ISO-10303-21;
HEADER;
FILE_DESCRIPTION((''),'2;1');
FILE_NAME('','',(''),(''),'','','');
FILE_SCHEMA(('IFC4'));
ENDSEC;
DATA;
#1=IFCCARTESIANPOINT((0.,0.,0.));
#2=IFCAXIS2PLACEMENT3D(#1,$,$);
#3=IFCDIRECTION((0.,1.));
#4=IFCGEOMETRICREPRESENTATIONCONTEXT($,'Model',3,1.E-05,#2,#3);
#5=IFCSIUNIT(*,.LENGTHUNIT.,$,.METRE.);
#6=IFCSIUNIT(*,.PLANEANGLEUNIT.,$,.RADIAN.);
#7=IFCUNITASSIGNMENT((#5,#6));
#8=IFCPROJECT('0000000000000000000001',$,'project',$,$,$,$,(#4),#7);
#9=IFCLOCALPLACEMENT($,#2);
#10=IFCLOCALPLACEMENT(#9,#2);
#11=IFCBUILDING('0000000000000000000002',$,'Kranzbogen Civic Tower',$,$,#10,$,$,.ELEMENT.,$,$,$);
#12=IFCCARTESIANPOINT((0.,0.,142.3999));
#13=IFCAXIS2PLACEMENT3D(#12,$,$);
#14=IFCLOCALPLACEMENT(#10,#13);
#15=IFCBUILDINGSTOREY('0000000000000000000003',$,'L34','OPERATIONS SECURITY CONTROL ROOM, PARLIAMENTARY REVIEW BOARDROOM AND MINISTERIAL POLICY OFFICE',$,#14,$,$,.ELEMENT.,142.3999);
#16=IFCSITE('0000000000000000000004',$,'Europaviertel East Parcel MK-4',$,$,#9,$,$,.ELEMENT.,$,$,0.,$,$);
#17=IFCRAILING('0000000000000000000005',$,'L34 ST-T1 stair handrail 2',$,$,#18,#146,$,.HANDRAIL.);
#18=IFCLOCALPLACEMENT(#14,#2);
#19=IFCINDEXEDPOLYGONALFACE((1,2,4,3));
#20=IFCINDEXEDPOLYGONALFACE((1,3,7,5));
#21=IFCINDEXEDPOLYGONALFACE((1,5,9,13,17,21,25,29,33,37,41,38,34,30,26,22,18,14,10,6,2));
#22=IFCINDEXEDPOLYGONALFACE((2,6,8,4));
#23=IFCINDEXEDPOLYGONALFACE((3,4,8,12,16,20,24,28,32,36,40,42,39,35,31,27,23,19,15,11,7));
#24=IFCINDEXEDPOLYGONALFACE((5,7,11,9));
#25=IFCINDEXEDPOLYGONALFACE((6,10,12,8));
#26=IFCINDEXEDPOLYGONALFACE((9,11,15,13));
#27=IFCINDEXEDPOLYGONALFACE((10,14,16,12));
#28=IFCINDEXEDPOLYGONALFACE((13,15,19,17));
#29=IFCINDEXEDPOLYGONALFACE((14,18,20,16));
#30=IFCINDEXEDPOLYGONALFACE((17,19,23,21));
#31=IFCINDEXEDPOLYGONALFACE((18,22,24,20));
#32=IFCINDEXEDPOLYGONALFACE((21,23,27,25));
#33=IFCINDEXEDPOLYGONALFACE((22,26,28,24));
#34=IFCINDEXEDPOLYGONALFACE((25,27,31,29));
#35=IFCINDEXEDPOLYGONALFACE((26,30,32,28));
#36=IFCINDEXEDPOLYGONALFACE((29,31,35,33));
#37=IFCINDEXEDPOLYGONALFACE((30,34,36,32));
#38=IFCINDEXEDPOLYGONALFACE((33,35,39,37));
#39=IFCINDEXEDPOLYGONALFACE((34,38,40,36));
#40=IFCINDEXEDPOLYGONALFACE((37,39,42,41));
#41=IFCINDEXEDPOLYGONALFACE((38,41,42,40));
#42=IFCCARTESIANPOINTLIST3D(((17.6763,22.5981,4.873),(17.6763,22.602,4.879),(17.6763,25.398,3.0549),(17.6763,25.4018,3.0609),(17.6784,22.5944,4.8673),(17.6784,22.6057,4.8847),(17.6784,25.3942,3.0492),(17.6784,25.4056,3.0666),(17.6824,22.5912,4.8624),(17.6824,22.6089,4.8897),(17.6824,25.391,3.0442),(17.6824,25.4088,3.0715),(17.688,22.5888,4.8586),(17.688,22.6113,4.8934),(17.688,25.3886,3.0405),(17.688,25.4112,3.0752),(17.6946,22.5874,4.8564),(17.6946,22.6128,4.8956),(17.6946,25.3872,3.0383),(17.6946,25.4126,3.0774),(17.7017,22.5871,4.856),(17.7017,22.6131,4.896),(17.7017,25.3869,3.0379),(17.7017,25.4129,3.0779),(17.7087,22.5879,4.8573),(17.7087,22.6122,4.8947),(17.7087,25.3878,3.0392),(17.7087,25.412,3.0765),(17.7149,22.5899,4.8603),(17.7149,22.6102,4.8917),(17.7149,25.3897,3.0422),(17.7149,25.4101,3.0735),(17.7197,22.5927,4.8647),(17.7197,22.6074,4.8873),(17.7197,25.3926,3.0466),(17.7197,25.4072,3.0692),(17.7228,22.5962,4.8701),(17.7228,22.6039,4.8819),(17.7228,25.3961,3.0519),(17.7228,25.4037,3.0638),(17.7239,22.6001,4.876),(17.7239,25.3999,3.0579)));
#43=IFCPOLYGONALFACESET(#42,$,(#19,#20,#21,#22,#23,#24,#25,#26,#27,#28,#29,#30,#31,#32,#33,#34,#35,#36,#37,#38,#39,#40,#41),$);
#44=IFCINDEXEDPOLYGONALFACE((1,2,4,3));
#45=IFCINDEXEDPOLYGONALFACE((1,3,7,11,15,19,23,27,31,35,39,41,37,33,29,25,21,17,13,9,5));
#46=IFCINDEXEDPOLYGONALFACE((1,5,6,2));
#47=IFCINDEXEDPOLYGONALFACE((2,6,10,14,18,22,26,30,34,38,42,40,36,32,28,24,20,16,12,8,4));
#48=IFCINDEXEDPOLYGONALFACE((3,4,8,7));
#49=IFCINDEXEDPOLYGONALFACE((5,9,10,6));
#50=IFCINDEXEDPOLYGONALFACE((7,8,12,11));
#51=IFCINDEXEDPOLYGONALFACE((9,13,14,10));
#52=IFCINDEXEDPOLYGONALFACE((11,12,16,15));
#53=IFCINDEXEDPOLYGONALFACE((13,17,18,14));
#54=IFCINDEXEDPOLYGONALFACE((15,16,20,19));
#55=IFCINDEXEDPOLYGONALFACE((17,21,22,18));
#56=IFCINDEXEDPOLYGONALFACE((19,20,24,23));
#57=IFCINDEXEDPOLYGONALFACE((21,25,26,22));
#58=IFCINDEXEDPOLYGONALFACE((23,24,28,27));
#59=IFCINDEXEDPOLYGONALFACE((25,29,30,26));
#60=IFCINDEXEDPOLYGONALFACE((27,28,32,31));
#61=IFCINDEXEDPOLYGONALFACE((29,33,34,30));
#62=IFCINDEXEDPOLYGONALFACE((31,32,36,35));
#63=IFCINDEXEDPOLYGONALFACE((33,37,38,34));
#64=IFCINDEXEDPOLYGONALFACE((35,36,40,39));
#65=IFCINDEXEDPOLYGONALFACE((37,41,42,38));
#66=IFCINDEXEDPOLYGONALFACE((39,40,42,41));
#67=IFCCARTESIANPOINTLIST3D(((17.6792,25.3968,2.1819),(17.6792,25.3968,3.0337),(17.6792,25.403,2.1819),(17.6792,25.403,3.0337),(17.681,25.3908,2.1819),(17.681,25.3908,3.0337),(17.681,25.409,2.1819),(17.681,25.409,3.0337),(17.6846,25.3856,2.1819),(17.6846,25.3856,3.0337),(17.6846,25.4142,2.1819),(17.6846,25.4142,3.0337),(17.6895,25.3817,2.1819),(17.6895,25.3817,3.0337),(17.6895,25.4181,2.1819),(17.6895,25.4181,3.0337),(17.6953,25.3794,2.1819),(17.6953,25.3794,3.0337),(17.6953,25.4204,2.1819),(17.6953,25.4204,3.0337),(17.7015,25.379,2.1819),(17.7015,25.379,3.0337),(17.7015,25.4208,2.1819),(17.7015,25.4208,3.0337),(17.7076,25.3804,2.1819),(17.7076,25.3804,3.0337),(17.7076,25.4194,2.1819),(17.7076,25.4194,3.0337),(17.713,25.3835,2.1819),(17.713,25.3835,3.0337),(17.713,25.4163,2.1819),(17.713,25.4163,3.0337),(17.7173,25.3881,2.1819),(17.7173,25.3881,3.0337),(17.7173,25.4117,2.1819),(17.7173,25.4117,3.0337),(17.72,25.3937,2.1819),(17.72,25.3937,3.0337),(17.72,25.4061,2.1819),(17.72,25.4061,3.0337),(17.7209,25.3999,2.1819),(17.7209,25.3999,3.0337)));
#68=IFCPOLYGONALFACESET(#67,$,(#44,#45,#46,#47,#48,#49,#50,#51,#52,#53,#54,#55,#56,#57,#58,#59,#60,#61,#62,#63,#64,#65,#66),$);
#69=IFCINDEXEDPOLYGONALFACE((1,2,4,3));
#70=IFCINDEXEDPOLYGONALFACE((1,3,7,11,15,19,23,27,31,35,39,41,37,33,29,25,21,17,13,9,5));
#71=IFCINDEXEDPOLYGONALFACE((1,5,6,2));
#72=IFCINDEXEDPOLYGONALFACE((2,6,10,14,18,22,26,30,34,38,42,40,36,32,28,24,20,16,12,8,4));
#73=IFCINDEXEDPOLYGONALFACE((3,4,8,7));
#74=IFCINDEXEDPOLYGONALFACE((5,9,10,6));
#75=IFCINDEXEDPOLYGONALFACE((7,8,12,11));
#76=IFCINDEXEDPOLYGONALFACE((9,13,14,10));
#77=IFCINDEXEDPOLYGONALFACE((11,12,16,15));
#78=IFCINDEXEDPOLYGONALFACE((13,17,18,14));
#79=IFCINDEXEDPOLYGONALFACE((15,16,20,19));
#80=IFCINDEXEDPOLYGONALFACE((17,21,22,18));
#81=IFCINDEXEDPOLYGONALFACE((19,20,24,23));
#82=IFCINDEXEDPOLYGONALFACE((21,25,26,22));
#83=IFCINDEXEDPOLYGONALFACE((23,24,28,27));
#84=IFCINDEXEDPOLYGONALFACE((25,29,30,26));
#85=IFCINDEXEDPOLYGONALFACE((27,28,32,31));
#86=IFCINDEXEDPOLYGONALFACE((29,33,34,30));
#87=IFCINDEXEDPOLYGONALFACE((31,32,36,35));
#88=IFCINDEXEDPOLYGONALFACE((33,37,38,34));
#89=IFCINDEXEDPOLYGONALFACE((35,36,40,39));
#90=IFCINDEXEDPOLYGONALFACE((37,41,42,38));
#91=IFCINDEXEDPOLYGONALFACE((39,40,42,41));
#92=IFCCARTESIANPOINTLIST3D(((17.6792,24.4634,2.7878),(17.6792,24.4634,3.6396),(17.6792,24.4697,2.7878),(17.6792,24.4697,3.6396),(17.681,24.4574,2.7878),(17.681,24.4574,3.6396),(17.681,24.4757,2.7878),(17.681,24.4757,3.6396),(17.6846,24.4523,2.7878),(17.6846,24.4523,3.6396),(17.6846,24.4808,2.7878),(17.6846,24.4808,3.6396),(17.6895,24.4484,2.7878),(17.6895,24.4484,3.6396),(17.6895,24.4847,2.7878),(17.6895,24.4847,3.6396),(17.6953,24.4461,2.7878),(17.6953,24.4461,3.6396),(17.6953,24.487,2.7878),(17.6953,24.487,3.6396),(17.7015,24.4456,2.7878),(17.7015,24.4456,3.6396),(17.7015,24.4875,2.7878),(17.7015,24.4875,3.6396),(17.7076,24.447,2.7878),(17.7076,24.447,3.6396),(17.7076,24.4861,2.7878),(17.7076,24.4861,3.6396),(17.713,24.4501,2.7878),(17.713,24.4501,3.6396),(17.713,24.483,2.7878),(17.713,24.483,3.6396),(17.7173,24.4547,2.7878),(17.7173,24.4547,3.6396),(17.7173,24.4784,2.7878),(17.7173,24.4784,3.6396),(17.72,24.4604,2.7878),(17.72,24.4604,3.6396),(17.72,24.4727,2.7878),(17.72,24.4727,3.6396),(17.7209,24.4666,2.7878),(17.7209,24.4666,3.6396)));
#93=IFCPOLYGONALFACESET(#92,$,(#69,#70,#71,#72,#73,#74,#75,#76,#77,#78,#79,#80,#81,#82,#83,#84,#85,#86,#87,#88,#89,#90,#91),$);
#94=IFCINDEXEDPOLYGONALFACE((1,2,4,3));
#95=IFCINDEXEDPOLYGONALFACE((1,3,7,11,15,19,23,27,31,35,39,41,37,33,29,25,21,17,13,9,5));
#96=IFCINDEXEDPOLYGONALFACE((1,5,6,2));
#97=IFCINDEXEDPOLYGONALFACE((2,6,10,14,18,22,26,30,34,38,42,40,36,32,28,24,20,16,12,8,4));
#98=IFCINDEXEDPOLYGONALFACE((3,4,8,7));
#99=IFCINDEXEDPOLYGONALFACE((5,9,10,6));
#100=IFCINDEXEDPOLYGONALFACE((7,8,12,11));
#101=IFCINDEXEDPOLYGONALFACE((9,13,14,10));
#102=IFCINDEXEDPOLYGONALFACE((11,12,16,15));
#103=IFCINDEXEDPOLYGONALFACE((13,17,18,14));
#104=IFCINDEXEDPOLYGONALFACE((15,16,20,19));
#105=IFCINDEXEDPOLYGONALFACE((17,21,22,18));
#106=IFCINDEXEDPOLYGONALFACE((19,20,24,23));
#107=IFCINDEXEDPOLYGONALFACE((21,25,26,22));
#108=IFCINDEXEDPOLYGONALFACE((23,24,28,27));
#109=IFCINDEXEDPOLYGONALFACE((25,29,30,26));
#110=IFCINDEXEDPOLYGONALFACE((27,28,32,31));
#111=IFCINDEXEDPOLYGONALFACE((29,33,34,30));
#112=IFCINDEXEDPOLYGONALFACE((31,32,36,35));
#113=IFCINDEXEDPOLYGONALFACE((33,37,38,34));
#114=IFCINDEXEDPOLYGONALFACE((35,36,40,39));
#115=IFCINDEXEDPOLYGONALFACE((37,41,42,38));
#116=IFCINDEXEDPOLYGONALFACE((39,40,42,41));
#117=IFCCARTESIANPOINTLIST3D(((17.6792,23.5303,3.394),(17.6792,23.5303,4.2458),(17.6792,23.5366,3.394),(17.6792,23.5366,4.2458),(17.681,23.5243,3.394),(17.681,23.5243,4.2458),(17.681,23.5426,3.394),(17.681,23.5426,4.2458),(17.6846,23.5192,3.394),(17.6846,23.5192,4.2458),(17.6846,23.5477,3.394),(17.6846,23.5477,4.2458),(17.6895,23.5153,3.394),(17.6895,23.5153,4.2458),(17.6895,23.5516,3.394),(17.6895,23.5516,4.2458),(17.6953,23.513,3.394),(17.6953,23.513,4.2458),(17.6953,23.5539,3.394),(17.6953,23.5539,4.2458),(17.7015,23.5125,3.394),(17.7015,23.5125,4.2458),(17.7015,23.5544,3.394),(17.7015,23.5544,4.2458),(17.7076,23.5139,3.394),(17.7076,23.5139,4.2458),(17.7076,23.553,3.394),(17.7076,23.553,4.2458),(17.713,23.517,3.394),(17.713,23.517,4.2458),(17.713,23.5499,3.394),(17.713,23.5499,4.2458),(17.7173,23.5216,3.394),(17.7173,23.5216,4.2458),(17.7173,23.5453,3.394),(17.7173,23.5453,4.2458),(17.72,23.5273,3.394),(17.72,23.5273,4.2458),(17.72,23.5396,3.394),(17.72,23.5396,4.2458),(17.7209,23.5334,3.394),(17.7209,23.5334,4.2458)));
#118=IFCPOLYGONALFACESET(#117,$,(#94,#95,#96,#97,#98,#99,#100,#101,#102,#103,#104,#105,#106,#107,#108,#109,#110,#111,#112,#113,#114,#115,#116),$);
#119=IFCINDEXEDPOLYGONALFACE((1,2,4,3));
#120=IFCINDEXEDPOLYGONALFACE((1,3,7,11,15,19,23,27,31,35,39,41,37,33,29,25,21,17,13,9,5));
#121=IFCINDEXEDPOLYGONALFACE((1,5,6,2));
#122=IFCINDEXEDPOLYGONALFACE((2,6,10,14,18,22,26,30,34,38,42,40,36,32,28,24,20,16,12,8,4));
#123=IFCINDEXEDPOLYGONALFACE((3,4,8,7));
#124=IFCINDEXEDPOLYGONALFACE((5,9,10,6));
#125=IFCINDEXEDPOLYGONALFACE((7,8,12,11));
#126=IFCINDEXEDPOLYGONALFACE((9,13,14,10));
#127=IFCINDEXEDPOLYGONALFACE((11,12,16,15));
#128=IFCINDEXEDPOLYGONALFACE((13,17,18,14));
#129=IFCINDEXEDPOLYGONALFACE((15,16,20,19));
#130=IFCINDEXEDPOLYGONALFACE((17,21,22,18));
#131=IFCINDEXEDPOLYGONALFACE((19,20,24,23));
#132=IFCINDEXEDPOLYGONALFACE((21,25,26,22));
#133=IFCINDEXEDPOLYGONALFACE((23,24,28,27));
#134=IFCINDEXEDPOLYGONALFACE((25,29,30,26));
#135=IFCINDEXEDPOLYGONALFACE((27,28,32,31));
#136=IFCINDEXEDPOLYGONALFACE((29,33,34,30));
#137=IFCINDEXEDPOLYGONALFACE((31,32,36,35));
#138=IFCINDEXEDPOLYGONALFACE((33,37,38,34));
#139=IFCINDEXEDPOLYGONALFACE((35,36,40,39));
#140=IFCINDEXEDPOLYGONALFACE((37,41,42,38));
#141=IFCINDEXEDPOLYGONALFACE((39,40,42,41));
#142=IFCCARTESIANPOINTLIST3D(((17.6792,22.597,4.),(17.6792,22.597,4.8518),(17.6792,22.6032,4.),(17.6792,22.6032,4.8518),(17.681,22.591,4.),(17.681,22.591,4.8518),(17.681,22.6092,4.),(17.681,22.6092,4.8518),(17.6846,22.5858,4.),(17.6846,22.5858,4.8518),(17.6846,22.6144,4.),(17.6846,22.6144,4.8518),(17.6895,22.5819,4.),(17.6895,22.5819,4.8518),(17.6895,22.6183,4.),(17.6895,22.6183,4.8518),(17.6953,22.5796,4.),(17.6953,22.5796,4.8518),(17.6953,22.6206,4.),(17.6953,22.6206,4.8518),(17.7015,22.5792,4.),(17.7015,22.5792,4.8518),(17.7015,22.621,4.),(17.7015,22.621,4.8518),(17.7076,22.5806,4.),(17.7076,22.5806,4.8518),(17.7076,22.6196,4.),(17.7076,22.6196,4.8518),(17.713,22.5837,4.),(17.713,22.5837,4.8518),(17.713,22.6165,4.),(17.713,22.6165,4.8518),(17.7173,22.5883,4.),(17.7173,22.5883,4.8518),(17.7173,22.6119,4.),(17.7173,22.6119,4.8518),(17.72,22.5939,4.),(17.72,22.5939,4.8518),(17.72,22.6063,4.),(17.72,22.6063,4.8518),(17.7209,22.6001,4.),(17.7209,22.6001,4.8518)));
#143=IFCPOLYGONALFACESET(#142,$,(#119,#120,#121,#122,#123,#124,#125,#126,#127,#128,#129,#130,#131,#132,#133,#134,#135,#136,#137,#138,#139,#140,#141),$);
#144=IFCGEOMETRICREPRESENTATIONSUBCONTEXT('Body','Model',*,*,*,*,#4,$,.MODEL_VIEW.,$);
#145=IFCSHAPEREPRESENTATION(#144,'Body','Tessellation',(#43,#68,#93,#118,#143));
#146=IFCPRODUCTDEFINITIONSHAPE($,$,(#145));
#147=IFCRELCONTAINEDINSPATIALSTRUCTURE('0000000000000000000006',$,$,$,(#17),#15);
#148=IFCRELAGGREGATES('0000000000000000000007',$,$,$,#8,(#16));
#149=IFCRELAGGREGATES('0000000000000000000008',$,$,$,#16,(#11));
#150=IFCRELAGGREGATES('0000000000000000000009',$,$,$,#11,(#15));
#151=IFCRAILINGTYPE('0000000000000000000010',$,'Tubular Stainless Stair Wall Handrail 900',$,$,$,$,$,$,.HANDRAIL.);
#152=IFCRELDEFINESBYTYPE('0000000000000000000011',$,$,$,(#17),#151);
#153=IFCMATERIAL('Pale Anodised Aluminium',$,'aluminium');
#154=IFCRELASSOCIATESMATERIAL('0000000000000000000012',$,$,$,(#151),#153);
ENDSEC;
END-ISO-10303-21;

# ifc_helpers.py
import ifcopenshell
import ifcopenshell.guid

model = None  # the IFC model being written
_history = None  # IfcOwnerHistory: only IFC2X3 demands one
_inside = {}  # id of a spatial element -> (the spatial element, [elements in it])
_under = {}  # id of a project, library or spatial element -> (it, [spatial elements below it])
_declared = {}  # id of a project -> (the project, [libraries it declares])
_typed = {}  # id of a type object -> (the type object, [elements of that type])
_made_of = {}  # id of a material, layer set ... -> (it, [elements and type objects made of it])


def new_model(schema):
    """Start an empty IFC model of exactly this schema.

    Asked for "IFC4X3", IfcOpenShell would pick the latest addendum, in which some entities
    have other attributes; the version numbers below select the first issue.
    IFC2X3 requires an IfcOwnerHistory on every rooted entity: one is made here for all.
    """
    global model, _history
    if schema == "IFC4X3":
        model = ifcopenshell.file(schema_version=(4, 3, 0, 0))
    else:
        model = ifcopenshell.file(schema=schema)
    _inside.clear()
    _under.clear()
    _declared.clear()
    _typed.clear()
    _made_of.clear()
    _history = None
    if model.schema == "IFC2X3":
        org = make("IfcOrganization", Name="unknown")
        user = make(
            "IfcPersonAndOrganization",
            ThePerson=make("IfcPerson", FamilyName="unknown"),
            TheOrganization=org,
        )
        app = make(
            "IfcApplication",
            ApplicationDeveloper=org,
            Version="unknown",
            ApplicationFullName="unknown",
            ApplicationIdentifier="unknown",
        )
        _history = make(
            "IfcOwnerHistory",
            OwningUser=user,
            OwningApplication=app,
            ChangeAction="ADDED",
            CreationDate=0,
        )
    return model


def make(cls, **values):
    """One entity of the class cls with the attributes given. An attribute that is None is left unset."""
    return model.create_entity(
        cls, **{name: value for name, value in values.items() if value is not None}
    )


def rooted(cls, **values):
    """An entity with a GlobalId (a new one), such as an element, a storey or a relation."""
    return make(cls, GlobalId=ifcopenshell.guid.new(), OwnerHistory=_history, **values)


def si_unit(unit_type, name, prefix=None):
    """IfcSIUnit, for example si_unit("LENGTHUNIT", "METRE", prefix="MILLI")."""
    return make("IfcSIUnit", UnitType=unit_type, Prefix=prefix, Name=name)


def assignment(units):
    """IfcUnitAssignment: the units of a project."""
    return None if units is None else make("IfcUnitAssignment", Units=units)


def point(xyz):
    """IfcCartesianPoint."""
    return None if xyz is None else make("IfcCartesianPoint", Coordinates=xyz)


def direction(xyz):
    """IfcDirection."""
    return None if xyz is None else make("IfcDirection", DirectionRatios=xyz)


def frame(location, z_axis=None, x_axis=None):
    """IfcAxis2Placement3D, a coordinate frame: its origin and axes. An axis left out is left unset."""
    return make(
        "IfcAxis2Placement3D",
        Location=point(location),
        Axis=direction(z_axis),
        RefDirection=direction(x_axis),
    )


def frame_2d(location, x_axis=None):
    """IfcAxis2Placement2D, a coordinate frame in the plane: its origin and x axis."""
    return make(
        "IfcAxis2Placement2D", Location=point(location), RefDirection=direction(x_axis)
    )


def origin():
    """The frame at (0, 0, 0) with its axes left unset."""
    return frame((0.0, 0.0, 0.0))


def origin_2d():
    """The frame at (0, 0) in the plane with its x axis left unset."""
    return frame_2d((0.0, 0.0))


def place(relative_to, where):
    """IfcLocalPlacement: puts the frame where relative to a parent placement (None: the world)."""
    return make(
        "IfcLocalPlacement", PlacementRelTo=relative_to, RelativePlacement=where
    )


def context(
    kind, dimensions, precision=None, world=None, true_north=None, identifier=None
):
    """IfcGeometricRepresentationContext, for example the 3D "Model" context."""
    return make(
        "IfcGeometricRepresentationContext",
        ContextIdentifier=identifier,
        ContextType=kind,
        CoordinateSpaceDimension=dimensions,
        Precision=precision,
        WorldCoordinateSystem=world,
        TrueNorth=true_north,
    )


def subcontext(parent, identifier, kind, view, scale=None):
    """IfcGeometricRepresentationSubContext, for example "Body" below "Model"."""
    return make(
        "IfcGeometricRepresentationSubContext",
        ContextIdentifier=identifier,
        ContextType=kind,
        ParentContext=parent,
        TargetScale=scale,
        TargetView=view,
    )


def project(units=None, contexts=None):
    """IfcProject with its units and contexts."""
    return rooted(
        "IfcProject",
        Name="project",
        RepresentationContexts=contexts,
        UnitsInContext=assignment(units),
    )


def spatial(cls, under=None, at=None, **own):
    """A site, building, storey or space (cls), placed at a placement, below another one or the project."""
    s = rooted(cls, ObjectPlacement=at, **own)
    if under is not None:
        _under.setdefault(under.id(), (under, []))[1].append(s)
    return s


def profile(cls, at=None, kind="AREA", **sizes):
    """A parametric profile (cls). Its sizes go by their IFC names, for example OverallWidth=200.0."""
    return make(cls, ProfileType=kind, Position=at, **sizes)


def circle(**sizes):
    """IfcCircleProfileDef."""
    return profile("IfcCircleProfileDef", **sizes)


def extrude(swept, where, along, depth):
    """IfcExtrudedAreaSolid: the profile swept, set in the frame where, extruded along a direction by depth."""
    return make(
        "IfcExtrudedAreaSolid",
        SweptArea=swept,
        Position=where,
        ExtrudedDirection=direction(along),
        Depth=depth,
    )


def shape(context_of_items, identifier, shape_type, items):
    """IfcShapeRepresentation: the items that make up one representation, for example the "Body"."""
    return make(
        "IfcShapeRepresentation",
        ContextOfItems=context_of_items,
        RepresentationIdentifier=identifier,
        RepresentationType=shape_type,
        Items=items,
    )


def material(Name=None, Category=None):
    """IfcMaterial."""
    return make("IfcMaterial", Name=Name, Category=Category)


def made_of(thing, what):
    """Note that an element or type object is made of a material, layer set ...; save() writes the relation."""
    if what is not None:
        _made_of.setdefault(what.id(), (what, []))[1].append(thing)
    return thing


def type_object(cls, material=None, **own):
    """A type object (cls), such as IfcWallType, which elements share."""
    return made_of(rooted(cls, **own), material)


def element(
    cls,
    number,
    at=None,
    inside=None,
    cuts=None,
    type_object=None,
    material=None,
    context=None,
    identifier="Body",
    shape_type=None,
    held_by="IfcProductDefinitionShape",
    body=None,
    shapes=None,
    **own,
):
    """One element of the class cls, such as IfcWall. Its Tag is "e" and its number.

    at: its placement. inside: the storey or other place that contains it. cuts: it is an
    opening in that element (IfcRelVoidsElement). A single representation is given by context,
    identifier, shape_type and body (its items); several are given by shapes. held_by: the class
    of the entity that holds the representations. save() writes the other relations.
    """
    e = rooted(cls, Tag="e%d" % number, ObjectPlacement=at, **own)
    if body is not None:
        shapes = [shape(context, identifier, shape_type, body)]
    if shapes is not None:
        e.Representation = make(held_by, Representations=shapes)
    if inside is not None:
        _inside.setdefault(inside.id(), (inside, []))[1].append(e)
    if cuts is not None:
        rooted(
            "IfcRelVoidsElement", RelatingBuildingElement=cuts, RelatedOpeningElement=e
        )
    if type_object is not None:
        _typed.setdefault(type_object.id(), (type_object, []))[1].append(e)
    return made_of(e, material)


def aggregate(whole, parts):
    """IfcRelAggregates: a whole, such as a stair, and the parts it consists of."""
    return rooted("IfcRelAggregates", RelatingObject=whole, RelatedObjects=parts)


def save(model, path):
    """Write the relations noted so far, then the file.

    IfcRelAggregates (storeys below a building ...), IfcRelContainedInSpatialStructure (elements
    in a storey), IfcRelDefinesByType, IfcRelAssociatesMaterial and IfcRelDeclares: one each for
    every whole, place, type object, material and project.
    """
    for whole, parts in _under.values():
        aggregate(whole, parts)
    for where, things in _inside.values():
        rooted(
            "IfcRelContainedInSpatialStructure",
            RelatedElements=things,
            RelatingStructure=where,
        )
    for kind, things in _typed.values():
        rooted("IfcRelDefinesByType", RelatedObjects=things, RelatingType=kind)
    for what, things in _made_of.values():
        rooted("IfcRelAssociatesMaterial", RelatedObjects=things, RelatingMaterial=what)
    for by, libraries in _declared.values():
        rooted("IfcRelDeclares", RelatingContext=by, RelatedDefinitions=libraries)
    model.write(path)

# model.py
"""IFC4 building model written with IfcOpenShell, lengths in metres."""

from ifc_helpers import new_model, si_unit, direction, frame, origin, origin_2d, place, context, subcontext, project, spatial, circle, extrude, material, type_object, element, save


model = new_model("IFC4")

# Units and contexts
model_context = context("Model", 3, precision=1e-05, world=origin(), true_north=direction((0.0, 1.0)))
body_context = subcontext(model_context, "Body", "Model", "MODEL_VIEW")
ifc_project = project(units=[si_unit("LENGTHUNIT", "METRE"), si_unit("PLANEANGLEUNIT", "RADIAN")], contexts=[model_context])

# Site, building, storey
site_placement = place(None, origin())
site = spatial("IfcSite", under=ifc_project, at=site_placement, Name="Europaviertel East Parcel MK-4", CompositionType="ELEMENT", RefElevation=0.0)
building_placement = place(site_placement, origin())
building = spatial("IfcBuilding", under=site, at=building_placement, Name="Kranzbogen Civic Tower", CompositionType="ELEMENT")
storey_placement = place(building_placement, frame((0.0, 0.0, 142.3999)))
storey = spatial("IfcBuildingStorey", under=building, at=storey_placement, Name="L34", Description="OPERATIONS SECURITY CONTROL ROOM, PARLIAMENTARY REVIEW BOARDROOM AND MINISTERIAL POLICY OFFICE", CompositionType="ELEMENT", Elevation=142.3999)

# Shared definitions
ifc_material_1 = material(Name="Pale Anodised Aluminium", Category="aluminium")

# Railing
railing_type_1 = type_object("IfcRailingType", Name="Tubular Stainless Stair Wall Handrail 900", PredefinedType="HANDRAIL", material=ifc_material_1)
railing_1_placement = place(storey_placement, frame((17.7, 25.3999, 2.1819)))
element("IfcRailing", 1, at=railing_1_placement, inside=storey, type_object=railing_type_1, Name="L34 ST-T1 stair handrail 2", PredefinedType="HANDRAIL", context=body_context, shape_type="SweptSolid", body=[
    extrude(circle(Radius=0.0239, at=origin_2d()), frame((0.0, 0.0, 0.876), z_axis=(0.0, -0.838684, 0.544618), x_axis=(1.0, 0.0, 0.0)), (0.0, 0.0, 1.0), 3.3384),
    extrude(circle(Radius=0.021, at=origin_2d()), origin(), (0.0, 0.0, 1.0), 0.8518),
    extrude(circle(Radius=0.021, at=origin_2d()), frame((0.0, -0.9333, 0.606)), (0.0, 0.0, 1.0), 0.8518),
    extrude(circle(Radius=0.021, at=origin_2d()), frame((0.0, -1.8665, 1.2122)), (0.0, 0.0, 1.0), 0.8518),
    extrude(circle(Radius=0.021, at=origin_2d()), frame((0.0, -2.7998, 1.8181)), (0.0, 0.0, 1.0), 0.8518),
])

save(model, "model.ifc")
